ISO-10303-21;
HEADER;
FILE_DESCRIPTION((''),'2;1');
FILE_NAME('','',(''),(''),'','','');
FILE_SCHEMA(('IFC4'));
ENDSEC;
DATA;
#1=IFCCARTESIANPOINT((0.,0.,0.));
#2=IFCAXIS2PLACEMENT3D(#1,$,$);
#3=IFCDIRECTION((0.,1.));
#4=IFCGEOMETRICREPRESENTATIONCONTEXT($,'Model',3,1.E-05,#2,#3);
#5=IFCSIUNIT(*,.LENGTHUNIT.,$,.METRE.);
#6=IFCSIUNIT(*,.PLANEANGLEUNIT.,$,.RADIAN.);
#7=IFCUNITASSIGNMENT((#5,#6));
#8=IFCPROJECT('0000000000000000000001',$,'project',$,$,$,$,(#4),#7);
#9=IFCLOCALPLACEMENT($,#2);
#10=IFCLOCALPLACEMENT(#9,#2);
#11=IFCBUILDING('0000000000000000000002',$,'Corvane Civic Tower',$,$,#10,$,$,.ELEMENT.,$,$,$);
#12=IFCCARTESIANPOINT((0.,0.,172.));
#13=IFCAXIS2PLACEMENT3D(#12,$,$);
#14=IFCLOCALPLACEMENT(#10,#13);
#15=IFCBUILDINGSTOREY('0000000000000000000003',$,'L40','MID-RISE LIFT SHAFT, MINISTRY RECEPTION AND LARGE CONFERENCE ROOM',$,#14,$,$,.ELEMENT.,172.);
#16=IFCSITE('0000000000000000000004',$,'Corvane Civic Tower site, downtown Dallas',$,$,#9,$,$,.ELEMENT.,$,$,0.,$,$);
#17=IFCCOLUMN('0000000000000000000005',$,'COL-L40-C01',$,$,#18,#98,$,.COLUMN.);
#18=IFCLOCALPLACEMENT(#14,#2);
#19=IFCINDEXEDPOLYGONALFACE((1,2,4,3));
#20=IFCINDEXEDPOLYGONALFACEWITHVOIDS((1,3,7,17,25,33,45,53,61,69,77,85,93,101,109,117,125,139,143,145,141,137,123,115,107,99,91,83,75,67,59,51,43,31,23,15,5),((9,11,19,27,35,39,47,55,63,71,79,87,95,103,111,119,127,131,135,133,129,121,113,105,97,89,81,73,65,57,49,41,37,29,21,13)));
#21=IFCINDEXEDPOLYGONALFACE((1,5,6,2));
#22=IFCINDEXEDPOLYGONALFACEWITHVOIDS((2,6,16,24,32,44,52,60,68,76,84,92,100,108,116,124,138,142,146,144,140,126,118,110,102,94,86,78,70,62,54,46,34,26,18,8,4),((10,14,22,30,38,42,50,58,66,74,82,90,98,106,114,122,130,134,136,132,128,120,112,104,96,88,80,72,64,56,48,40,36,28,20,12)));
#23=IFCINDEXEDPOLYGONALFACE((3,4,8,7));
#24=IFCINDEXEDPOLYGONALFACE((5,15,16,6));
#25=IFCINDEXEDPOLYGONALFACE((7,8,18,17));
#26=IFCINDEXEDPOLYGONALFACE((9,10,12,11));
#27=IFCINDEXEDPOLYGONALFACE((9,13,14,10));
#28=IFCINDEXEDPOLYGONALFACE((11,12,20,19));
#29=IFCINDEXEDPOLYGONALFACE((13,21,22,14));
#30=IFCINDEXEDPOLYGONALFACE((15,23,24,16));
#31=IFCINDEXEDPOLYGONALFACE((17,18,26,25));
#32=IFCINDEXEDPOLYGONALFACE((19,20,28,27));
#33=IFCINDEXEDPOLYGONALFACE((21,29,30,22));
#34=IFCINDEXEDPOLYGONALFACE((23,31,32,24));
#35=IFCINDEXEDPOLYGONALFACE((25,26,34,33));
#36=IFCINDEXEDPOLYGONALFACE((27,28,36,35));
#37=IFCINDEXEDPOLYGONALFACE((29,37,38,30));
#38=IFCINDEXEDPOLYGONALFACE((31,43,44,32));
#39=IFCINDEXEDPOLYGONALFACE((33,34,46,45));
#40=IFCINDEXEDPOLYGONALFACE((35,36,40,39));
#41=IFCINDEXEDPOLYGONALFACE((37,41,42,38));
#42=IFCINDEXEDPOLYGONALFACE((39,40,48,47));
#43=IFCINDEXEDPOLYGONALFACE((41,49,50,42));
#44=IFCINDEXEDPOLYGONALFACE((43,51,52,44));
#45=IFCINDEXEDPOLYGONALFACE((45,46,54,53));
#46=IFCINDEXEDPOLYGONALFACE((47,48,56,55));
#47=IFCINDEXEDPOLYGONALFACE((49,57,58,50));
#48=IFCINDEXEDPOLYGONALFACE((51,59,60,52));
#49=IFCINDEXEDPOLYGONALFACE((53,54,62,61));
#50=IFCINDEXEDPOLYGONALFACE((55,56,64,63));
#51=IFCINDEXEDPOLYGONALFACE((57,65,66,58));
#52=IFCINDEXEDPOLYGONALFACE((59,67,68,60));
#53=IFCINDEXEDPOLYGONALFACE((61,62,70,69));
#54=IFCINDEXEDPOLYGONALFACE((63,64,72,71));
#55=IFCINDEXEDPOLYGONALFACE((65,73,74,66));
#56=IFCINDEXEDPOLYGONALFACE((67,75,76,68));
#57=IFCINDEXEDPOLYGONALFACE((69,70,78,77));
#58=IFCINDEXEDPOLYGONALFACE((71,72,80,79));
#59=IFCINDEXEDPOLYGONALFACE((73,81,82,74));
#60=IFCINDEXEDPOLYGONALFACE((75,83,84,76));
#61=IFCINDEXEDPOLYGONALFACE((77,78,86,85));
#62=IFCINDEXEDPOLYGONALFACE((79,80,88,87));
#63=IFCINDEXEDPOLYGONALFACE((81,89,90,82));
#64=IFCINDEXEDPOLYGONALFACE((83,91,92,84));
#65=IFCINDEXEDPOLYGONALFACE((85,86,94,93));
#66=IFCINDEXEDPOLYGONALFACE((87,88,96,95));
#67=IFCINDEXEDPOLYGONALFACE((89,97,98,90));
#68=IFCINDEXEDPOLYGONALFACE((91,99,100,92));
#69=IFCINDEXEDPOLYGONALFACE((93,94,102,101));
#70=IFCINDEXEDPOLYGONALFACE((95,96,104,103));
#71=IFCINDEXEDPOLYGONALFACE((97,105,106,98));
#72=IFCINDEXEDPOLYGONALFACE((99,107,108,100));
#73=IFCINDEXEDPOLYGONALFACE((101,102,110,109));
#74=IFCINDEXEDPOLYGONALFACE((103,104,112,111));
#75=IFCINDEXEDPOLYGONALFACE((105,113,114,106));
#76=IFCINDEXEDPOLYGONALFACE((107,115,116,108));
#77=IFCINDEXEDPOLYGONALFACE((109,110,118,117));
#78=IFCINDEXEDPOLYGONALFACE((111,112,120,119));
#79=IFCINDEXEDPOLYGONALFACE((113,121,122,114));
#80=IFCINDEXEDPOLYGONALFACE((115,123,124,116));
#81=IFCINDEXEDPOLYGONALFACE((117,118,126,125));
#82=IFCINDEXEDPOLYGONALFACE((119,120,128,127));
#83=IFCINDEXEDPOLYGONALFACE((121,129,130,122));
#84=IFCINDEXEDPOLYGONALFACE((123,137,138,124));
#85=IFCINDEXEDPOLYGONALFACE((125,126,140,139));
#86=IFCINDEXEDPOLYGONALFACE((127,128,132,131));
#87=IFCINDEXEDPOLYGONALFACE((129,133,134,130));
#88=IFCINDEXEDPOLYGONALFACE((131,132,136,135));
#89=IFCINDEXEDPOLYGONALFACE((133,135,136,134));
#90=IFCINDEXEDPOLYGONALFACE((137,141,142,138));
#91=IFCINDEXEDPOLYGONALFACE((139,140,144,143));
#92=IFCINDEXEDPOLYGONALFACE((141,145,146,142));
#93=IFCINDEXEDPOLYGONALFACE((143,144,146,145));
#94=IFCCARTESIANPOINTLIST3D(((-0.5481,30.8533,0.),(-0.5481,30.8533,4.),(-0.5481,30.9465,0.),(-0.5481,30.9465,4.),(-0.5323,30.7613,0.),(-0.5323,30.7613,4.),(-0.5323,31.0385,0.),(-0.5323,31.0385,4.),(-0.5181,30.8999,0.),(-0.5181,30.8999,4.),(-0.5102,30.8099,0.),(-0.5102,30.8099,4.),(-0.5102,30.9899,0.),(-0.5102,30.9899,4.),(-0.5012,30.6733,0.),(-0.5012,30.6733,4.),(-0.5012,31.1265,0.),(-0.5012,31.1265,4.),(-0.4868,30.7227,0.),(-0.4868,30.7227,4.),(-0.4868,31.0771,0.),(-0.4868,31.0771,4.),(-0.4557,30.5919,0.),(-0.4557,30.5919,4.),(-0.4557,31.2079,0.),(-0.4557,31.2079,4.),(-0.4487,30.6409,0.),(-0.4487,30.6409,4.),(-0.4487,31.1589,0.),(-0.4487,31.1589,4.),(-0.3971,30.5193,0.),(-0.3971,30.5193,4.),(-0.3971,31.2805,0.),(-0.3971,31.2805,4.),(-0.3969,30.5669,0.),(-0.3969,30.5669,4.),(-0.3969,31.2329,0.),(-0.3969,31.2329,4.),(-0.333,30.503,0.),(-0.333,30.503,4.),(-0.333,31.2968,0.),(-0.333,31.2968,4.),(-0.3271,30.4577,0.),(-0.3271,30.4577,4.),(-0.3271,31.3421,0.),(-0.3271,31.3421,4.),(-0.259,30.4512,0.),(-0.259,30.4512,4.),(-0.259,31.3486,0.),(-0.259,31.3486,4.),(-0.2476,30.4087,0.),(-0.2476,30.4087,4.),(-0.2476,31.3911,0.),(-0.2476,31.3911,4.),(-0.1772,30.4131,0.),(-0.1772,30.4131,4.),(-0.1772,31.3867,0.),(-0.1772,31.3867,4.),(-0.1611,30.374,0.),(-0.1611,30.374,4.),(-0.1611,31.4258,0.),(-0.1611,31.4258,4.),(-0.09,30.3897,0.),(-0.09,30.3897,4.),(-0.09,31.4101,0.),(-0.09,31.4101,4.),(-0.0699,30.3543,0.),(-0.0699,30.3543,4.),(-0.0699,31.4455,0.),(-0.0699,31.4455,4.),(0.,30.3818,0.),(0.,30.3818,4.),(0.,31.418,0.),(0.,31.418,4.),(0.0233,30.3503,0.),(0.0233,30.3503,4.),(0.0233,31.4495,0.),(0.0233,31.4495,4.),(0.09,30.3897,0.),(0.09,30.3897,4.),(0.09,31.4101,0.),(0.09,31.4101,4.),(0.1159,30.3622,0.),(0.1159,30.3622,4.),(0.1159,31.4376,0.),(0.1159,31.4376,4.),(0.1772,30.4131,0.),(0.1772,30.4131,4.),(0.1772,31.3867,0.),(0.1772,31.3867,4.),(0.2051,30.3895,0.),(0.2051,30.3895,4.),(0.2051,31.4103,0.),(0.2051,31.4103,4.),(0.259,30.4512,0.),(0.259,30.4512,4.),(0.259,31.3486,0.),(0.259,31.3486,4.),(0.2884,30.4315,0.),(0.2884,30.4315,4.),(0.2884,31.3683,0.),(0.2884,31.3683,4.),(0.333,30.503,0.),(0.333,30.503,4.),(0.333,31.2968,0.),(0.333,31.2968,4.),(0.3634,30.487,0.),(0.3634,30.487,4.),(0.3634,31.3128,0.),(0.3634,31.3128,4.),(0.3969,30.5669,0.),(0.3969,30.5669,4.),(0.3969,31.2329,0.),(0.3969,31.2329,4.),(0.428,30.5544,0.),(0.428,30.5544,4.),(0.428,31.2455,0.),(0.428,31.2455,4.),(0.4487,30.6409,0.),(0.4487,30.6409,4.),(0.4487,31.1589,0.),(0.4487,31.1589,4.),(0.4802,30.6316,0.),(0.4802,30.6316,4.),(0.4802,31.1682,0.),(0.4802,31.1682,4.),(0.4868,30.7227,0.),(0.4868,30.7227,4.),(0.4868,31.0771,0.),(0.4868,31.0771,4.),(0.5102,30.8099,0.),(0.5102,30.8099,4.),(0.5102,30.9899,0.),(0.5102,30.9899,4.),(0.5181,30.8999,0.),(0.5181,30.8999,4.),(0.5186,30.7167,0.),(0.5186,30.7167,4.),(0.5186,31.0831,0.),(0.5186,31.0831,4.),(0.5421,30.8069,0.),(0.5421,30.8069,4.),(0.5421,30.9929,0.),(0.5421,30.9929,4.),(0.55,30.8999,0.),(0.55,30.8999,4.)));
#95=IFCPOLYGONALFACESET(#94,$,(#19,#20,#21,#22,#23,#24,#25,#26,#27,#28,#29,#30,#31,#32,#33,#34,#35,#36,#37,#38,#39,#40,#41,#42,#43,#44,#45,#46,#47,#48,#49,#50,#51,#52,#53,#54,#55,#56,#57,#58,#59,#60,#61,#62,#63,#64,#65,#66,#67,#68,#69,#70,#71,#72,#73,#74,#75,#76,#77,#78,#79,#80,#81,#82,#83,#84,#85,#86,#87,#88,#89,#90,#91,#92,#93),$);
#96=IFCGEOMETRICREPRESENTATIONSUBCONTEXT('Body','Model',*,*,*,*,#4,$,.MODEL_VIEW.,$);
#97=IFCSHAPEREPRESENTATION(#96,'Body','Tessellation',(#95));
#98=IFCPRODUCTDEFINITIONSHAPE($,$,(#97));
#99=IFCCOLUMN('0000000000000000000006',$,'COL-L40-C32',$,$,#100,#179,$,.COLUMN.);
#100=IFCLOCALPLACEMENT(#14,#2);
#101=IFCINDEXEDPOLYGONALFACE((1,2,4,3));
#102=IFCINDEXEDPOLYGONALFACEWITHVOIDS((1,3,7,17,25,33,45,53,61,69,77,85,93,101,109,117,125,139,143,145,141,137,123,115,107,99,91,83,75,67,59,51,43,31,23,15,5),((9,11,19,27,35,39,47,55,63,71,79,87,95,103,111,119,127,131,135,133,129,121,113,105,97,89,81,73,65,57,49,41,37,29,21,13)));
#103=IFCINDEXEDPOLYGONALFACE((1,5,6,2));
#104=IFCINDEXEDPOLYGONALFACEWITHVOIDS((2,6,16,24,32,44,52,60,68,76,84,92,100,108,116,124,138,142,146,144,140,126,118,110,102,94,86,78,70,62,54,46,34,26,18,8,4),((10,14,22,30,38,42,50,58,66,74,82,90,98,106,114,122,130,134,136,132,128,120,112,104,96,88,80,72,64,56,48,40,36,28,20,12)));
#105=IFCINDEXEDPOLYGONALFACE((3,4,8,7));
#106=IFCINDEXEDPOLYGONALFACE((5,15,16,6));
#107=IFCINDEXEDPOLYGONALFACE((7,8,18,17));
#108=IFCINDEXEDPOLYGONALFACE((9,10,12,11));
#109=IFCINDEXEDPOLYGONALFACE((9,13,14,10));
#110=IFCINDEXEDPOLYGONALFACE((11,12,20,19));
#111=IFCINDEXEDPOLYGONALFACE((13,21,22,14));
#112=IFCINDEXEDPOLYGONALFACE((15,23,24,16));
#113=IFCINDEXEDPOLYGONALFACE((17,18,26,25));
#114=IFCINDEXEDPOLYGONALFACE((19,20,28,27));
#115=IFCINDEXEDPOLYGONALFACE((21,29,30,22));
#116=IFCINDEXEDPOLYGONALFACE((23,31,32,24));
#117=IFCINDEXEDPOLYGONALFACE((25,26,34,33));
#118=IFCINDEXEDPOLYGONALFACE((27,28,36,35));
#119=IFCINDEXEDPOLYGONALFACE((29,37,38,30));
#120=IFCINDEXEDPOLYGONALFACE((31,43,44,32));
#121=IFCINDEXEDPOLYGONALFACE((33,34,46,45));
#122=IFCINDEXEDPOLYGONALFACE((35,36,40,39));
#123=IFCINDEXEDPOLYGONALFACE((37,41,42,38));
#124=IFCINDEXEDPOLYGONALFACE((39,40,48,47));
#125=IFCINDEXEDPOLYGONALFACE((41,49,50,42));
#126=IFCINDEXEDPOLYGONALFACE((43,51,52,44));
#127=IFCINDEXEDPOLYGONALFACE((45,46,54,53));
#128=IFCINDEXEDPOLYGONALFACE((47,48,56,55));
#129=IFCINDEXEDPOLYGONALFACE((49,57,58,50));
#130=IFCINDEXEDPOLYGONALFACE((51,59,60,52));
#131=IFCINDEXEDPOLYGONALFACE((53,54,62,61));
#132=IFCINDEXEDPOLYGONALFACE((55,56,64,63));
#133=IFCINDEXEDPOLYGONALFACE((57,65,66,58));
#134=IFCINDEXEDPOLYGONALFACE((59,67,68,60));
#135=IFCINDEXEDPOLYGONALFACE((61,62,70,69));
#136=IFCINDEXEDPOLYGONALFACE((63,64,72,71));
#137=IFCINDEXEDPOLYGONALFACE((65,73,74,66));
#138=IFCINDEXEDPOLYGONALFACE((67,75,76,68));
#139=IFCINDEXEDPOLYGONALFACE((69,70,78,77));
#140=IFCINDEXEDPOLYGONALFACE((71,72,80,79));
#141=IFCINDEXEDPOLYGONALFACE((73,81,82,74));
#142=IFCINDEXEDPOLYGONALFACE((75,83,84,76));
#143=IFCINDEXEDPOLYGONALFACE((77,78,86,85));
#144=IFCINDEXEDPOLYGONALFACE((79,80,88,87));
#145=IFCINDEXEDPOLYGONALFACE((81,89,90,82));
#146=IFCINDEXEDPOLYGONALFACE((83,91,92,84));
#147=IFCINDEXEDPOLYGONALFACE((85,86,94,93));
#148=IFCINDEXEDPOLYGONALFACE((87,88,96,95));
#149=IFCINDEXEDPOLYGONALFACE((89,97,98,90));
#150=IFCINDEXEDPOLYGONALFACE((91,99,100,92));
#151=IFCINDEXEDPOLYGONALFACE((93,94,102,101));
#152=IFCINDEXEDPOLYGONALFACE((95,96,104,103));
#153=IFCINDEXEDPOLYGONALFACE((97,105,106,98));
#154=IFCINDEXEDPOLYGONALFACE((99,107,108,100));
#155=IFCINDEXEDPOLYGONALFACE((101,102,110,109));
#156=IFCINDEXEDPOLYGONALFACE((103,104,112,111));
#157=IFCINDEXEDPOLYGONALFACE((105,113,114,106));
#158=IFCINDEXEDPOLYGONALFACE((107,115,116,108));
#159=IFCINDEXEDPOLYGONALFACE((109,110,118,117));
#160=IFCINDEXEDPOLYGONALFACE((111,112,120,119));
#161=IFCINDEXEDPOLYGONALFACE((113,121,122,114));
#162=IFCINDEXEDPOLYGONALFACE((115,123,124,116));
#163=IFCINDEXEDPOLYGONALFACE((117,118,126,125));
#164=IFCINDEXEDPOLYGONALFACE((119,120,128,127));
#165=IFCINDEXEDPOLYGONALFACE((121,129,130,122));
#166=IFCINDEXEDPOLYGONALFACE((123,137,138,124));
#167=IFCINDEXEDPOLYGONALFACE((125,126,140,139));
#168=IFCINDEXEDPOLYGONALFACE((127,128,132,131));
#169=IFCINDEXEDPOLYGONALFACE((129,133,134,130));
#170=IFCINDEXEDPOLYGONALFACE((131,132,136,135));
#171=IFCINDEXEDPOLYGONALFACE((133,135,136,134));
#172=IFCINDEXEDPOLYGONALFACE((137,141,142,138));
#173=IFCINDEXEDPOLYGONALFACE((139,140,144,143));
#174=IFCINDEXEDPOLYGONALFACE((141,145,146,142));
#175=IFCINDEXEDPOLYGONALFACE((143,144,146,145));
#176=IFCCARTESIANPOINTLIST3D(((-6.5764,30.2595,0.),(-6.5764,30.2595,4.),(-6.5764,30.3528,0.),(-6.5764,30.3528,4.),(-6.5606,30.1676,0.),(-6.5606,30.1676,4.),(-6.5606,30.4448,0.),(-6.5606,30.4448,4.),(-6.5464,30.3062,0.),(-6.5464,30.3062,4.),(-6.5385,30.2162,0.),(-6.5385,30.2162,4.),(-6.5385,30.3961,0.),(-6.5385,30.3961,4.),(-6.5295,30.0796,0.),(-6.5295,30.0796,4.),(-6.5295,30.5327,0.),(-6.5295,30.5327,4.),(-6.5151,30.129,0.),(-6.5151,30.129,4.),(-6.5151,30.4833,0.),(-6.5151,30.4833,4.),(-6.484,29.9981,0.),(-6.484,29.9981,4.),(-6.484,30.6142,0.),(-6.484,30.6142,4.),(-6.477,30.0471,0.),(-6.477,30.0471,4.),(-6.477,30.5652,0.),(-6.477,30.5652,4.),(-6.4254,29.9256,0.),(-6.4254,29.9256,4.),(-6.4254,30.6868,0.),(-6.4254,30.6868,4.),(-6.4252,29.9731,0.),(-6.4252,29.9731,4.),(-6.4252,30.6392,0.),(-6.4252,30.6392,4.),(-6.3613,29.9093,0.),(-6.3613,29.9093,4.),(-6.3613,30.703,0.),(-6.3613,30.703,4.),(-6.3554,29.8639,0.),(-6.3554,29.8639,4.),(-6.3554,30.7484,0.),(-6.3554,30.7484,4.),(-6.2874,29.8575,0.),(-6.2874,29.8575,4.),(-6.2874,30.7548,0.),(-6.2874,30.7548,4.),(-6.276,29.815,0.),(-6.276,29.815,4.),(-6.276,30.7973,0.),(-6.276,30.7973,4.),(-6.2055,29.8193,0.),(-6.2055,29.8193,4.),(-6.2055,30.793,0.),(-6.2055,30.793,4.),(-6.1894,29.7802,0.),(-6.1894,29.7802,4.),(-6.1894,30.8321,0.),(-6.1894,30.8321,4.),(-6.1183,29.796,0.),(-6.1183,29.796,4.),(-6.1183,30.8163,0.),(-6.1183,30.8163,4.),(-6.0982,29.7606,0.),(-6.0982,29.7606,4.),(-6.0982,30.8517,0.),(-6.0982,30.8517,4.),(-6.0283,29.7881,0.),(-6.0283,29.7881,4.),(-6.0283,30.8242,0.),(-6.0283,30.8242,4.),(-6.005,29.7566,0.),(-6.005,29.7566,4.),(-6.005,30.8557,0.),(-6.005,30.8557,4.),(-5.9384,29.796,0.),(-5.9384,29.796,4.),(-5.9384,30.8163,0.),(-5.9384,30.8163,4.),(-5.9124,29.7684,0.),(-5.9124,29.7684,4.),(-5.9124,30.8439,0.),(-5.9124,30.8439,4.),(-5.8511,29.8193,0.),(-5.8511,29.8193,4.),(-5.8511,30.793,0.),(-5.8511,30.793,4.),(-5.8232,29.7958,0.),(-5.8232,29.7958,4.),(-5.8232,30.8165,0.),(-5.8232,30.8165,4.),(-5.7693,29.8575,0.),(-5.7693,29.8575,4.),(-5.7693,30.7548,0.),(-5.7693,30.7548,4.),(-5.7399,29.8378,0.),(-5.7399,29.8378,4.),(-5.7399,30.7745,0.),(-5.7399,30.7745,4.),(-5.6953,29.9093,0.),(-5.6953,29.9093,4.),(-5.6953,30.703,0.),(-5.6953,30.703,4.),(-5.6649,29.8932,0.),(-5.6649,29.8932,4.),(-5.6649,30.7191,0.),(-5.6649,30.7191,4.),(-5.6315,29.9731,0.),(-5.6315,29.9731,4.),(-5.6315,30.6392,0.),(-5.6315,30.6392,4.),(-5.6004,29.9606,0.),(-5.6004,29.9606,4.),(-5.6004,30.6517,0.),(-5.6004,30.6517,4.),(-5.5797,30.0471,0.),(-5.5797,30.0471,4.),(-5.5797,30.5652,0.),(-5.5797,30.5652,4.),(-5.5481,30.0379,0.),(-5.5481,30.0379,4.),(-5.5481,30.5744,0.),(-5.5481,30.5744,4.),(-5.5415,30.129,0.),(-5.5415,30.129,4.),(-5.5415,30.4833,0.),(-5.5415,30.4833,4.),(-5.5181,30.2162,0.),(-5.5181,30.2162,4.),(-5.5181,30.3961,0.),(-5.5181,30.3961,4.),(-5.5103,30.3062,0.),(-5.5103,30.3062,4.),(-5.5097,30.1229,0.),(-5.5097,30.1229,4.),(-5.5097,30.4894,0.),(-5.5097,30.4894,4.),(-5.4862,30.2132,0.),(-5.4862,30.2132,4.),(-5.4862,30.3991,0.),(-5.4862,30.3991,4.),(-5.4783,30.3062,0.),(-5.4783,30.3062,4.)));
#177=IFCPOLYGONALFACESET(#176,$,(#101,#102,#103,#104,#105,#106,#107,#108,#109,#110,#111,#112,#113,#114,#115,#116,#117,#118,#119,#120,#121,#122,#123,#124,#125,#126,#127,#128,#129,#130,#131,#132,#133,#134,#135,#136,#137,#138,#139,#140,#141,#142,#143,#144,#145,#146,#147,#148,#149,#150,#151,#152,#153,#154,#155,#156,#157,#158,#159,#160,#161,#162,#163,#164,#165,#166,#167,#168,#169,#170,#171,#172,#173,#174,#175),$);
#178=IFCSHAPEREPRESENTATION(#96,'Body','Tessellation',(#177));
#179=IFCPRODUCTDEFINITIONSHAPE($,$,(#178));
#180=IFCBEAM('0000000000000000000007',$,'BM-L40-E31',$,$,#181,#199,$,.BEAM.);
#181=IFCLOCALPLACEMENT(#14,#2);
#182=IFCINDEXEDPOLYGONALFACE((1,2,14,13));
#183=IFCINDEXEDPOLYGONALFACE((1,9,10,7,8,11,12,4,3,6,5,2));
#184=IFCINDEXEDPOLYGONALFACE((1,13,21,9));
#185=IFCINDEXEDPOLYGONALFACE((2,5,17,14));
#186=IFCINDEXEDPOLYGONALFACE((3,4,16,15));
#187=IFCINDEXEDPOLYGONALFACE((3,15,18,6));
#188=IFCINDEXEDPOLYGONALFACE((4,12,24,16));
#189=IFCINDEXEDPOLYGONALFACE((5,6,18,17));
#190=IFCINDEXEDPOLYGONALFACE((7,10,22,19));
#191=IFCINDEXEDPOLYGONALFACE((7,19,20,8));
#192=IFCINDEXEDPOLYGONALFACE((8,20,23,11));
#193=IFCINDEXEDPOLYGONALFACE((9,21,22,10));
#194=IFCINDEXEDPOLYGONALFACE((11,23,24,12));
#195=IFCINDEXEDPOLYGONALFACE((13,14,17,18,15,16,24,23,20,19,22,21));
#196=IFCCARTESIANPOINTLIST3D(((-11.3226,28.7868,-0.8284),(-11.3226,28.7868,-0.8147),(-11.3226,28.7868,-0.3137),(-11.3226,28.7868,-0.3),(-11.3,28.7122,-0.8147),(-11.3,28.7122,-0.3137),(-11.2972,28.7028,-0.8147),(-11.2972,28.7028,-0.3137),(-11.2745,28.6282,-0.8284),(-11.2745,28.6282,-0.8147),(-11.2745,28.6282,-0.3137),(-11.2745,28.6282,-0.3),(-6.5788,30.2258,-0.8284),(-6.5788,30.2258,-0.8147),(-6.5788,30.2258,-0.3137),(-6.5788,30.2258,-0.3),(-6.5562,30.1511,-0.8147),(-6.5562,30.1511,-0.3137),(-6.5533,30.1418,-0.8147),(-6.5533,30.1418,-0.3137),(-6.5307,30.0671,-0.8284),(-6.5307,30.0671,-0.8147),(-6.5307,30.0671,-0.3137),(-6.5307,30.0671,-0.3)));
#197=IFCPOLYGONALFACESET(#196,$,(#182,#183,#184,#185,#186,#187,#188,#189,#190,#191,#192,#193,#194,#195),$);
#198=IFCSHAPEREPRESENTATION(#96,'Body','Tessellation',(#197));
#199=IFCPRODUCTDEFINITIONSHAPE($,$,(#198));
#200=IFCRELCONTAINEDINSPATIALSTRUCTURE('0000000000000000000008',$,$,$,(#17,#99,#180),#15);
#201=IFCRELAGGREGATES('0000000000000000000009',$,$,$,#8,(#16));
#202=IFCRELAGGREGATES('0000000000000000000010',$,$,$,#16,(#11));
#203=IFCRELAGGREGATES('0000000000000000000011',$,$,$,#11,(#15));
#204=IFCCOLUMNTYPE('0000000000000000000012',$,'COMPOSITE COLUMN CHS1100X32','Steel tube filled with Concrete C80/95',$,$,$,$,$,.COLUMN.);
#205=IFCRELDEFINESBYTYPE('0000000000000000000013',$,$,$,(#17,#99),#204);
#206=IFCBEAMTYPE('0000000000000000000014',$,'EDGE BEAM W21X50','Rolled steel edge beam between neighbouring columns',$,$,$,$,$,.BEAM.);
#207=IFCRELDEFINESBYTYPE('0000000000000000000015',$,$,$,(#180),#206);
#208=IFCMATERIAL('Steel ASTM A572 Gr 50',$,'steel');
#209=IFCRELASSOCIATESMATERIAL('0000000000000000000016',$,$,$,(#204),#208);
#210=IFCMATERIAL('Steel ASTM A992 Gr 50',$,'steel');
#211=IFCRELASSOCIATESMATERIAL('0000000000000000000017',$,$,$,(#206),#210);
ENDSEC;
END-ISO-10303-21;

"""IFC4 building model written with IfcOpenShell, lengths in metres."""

from ifc_helpers import new_model, si_unit, direction, frame, origin, origin_2d, place, context, subcontext, project, spatial, hollow_circle, i_section, extrude, material, material_profile, profile_set, type_object, element, save


model = new_model("IFC4")

# Units and contexts
model_context = context("Model", 3, precision=1e-05, world=origin(), true_north=direction((0.0, 1.0)))
body_context = subcontext(model_context, "Body", "Model", "MODEL_VIEW")
ifc_project = project(units=[si_unit("LENGTHUNIT", "METRE"), si_unit("PLANEANGLEUNIT", "RADIAN")], contexts=[model_context])

# Site, building, storey
site_placement = place(None, origin())
site = spatial("IfcSite", under=ifc_project, at=site_placement, Name="Corvane Civic Tower site, downtown Dallas", CompositionType="ELEMENT", RefElevation=0.0)
building_placement = place(site_placement, origin())
building = spatial("IfcBuilding", under=site, at=building_placement, Name="Corvane Civic Tower", CompositionType="ELEMENT")
storey_placement = place(building_placement, frame((0.0, 0.0, 172.0)))
storey = spatial("IfcBuildingStorey", under=building, at=storey_placement, Name="L40", Description="MID-RISE LIFT SHAFT, MINISTRY RECEPTION AND LARGE CONFERENCE ROOM", CompositionType="ELEMENT", Elevation=172.0)

# Columns
ifc_material_1 = material(Name="Steel ASTM A572 Gr 50", Category="steel")
ifc_material_profile_1 = material_profile(ifc_material_1, hollow_circle(Radius=0.55, WallThickness=0.032, at=origin_2d()), Name="CHS1100X32")
ifc_profile_set_1 = profile_set([ifc_material_profile_1], Name="Steel ASTM A572 Gr 50")
column_type = type_object("IfcColumnType", Name="COMPOSITE COLUMN CHS1100X32", Description="Steel tube filled with Concrete C80/95", PredefinedType="COLUMN", material=ifc_profile_set_1)
for number, where, z_axis, x_axis, name in (
    (1, (0.0, 30.8999, 0.0), (0.0, 0.0, 1.0), (1.0, 0.0, 0.0), "COL-L40-C01"),
    (2, (-6.0283, 30.3062, 0.0), (0.0, 0.0, 1.0), (1.0, 0.0, 0.0), "COL-L40-C32"),
):
    element("IfcColumn", number, at=place(storey_placement, frame(where, z_axis=z_axis, x_axis=x_axis)), inside=storey, type_object=column_type, Name=name, PredefinedType="COLUMN", context=body_context, shape_type="SweptSolid", body=[
        extrude(hollow_circle(Radius=0.55, WallThickness=0.032, at=origin_2d()), origin(), (0.0, 0.0, 1.0), 4.0),
    ])

# Beam
ifc_material_2 = material(Name="Steel ASTM A992 Gr 50", Category="steel")
ifc_material_profile_2 = material_profile(ifc_material_2, i_section(OverallWidth=0.1658, OverallDepth=0.5283, WebThickness=0.0098, FlangeThickness=0.0137, at=origin_2d()), Name="W21X50")
ifc_profile_set_2 = profile_set([ifc_material_profile_2], Name="Steel ASTM A992 Gr 50")
beam_type_1 = type_object("IfcBeamType", Name="EDGE BEAM W21X50", Description="Rolled steel edge beam between neighbouring columns", PredefinedType="BEAM", material=ifc_profile_set_2)
beam_1_placement = place(storey_placement, frame((-11.2986, 28.7075, -0.5642), z_axis=(0.956945, 0.29027, 0.0), x_axis=(-0.29027, 0.956945, 0.0)))
element("IfcBeam", 3, at=beam_1_placement, inside=storey, type_object=beam_type_1, Name="BM-L40-E31", PredefinedType="BEAM", context=body_context, shape_type="SweptSolid", body=[
    extrude(i_section(OverallWidth=0.1658, OverallDepth=0.5283, WebThickness=0.0098, FlangeThickness=0.0137, at=origin_2d()), origin(), (0.0, 0.0, 1.0), 4.9573),
])

save(model, "model.ifc")
